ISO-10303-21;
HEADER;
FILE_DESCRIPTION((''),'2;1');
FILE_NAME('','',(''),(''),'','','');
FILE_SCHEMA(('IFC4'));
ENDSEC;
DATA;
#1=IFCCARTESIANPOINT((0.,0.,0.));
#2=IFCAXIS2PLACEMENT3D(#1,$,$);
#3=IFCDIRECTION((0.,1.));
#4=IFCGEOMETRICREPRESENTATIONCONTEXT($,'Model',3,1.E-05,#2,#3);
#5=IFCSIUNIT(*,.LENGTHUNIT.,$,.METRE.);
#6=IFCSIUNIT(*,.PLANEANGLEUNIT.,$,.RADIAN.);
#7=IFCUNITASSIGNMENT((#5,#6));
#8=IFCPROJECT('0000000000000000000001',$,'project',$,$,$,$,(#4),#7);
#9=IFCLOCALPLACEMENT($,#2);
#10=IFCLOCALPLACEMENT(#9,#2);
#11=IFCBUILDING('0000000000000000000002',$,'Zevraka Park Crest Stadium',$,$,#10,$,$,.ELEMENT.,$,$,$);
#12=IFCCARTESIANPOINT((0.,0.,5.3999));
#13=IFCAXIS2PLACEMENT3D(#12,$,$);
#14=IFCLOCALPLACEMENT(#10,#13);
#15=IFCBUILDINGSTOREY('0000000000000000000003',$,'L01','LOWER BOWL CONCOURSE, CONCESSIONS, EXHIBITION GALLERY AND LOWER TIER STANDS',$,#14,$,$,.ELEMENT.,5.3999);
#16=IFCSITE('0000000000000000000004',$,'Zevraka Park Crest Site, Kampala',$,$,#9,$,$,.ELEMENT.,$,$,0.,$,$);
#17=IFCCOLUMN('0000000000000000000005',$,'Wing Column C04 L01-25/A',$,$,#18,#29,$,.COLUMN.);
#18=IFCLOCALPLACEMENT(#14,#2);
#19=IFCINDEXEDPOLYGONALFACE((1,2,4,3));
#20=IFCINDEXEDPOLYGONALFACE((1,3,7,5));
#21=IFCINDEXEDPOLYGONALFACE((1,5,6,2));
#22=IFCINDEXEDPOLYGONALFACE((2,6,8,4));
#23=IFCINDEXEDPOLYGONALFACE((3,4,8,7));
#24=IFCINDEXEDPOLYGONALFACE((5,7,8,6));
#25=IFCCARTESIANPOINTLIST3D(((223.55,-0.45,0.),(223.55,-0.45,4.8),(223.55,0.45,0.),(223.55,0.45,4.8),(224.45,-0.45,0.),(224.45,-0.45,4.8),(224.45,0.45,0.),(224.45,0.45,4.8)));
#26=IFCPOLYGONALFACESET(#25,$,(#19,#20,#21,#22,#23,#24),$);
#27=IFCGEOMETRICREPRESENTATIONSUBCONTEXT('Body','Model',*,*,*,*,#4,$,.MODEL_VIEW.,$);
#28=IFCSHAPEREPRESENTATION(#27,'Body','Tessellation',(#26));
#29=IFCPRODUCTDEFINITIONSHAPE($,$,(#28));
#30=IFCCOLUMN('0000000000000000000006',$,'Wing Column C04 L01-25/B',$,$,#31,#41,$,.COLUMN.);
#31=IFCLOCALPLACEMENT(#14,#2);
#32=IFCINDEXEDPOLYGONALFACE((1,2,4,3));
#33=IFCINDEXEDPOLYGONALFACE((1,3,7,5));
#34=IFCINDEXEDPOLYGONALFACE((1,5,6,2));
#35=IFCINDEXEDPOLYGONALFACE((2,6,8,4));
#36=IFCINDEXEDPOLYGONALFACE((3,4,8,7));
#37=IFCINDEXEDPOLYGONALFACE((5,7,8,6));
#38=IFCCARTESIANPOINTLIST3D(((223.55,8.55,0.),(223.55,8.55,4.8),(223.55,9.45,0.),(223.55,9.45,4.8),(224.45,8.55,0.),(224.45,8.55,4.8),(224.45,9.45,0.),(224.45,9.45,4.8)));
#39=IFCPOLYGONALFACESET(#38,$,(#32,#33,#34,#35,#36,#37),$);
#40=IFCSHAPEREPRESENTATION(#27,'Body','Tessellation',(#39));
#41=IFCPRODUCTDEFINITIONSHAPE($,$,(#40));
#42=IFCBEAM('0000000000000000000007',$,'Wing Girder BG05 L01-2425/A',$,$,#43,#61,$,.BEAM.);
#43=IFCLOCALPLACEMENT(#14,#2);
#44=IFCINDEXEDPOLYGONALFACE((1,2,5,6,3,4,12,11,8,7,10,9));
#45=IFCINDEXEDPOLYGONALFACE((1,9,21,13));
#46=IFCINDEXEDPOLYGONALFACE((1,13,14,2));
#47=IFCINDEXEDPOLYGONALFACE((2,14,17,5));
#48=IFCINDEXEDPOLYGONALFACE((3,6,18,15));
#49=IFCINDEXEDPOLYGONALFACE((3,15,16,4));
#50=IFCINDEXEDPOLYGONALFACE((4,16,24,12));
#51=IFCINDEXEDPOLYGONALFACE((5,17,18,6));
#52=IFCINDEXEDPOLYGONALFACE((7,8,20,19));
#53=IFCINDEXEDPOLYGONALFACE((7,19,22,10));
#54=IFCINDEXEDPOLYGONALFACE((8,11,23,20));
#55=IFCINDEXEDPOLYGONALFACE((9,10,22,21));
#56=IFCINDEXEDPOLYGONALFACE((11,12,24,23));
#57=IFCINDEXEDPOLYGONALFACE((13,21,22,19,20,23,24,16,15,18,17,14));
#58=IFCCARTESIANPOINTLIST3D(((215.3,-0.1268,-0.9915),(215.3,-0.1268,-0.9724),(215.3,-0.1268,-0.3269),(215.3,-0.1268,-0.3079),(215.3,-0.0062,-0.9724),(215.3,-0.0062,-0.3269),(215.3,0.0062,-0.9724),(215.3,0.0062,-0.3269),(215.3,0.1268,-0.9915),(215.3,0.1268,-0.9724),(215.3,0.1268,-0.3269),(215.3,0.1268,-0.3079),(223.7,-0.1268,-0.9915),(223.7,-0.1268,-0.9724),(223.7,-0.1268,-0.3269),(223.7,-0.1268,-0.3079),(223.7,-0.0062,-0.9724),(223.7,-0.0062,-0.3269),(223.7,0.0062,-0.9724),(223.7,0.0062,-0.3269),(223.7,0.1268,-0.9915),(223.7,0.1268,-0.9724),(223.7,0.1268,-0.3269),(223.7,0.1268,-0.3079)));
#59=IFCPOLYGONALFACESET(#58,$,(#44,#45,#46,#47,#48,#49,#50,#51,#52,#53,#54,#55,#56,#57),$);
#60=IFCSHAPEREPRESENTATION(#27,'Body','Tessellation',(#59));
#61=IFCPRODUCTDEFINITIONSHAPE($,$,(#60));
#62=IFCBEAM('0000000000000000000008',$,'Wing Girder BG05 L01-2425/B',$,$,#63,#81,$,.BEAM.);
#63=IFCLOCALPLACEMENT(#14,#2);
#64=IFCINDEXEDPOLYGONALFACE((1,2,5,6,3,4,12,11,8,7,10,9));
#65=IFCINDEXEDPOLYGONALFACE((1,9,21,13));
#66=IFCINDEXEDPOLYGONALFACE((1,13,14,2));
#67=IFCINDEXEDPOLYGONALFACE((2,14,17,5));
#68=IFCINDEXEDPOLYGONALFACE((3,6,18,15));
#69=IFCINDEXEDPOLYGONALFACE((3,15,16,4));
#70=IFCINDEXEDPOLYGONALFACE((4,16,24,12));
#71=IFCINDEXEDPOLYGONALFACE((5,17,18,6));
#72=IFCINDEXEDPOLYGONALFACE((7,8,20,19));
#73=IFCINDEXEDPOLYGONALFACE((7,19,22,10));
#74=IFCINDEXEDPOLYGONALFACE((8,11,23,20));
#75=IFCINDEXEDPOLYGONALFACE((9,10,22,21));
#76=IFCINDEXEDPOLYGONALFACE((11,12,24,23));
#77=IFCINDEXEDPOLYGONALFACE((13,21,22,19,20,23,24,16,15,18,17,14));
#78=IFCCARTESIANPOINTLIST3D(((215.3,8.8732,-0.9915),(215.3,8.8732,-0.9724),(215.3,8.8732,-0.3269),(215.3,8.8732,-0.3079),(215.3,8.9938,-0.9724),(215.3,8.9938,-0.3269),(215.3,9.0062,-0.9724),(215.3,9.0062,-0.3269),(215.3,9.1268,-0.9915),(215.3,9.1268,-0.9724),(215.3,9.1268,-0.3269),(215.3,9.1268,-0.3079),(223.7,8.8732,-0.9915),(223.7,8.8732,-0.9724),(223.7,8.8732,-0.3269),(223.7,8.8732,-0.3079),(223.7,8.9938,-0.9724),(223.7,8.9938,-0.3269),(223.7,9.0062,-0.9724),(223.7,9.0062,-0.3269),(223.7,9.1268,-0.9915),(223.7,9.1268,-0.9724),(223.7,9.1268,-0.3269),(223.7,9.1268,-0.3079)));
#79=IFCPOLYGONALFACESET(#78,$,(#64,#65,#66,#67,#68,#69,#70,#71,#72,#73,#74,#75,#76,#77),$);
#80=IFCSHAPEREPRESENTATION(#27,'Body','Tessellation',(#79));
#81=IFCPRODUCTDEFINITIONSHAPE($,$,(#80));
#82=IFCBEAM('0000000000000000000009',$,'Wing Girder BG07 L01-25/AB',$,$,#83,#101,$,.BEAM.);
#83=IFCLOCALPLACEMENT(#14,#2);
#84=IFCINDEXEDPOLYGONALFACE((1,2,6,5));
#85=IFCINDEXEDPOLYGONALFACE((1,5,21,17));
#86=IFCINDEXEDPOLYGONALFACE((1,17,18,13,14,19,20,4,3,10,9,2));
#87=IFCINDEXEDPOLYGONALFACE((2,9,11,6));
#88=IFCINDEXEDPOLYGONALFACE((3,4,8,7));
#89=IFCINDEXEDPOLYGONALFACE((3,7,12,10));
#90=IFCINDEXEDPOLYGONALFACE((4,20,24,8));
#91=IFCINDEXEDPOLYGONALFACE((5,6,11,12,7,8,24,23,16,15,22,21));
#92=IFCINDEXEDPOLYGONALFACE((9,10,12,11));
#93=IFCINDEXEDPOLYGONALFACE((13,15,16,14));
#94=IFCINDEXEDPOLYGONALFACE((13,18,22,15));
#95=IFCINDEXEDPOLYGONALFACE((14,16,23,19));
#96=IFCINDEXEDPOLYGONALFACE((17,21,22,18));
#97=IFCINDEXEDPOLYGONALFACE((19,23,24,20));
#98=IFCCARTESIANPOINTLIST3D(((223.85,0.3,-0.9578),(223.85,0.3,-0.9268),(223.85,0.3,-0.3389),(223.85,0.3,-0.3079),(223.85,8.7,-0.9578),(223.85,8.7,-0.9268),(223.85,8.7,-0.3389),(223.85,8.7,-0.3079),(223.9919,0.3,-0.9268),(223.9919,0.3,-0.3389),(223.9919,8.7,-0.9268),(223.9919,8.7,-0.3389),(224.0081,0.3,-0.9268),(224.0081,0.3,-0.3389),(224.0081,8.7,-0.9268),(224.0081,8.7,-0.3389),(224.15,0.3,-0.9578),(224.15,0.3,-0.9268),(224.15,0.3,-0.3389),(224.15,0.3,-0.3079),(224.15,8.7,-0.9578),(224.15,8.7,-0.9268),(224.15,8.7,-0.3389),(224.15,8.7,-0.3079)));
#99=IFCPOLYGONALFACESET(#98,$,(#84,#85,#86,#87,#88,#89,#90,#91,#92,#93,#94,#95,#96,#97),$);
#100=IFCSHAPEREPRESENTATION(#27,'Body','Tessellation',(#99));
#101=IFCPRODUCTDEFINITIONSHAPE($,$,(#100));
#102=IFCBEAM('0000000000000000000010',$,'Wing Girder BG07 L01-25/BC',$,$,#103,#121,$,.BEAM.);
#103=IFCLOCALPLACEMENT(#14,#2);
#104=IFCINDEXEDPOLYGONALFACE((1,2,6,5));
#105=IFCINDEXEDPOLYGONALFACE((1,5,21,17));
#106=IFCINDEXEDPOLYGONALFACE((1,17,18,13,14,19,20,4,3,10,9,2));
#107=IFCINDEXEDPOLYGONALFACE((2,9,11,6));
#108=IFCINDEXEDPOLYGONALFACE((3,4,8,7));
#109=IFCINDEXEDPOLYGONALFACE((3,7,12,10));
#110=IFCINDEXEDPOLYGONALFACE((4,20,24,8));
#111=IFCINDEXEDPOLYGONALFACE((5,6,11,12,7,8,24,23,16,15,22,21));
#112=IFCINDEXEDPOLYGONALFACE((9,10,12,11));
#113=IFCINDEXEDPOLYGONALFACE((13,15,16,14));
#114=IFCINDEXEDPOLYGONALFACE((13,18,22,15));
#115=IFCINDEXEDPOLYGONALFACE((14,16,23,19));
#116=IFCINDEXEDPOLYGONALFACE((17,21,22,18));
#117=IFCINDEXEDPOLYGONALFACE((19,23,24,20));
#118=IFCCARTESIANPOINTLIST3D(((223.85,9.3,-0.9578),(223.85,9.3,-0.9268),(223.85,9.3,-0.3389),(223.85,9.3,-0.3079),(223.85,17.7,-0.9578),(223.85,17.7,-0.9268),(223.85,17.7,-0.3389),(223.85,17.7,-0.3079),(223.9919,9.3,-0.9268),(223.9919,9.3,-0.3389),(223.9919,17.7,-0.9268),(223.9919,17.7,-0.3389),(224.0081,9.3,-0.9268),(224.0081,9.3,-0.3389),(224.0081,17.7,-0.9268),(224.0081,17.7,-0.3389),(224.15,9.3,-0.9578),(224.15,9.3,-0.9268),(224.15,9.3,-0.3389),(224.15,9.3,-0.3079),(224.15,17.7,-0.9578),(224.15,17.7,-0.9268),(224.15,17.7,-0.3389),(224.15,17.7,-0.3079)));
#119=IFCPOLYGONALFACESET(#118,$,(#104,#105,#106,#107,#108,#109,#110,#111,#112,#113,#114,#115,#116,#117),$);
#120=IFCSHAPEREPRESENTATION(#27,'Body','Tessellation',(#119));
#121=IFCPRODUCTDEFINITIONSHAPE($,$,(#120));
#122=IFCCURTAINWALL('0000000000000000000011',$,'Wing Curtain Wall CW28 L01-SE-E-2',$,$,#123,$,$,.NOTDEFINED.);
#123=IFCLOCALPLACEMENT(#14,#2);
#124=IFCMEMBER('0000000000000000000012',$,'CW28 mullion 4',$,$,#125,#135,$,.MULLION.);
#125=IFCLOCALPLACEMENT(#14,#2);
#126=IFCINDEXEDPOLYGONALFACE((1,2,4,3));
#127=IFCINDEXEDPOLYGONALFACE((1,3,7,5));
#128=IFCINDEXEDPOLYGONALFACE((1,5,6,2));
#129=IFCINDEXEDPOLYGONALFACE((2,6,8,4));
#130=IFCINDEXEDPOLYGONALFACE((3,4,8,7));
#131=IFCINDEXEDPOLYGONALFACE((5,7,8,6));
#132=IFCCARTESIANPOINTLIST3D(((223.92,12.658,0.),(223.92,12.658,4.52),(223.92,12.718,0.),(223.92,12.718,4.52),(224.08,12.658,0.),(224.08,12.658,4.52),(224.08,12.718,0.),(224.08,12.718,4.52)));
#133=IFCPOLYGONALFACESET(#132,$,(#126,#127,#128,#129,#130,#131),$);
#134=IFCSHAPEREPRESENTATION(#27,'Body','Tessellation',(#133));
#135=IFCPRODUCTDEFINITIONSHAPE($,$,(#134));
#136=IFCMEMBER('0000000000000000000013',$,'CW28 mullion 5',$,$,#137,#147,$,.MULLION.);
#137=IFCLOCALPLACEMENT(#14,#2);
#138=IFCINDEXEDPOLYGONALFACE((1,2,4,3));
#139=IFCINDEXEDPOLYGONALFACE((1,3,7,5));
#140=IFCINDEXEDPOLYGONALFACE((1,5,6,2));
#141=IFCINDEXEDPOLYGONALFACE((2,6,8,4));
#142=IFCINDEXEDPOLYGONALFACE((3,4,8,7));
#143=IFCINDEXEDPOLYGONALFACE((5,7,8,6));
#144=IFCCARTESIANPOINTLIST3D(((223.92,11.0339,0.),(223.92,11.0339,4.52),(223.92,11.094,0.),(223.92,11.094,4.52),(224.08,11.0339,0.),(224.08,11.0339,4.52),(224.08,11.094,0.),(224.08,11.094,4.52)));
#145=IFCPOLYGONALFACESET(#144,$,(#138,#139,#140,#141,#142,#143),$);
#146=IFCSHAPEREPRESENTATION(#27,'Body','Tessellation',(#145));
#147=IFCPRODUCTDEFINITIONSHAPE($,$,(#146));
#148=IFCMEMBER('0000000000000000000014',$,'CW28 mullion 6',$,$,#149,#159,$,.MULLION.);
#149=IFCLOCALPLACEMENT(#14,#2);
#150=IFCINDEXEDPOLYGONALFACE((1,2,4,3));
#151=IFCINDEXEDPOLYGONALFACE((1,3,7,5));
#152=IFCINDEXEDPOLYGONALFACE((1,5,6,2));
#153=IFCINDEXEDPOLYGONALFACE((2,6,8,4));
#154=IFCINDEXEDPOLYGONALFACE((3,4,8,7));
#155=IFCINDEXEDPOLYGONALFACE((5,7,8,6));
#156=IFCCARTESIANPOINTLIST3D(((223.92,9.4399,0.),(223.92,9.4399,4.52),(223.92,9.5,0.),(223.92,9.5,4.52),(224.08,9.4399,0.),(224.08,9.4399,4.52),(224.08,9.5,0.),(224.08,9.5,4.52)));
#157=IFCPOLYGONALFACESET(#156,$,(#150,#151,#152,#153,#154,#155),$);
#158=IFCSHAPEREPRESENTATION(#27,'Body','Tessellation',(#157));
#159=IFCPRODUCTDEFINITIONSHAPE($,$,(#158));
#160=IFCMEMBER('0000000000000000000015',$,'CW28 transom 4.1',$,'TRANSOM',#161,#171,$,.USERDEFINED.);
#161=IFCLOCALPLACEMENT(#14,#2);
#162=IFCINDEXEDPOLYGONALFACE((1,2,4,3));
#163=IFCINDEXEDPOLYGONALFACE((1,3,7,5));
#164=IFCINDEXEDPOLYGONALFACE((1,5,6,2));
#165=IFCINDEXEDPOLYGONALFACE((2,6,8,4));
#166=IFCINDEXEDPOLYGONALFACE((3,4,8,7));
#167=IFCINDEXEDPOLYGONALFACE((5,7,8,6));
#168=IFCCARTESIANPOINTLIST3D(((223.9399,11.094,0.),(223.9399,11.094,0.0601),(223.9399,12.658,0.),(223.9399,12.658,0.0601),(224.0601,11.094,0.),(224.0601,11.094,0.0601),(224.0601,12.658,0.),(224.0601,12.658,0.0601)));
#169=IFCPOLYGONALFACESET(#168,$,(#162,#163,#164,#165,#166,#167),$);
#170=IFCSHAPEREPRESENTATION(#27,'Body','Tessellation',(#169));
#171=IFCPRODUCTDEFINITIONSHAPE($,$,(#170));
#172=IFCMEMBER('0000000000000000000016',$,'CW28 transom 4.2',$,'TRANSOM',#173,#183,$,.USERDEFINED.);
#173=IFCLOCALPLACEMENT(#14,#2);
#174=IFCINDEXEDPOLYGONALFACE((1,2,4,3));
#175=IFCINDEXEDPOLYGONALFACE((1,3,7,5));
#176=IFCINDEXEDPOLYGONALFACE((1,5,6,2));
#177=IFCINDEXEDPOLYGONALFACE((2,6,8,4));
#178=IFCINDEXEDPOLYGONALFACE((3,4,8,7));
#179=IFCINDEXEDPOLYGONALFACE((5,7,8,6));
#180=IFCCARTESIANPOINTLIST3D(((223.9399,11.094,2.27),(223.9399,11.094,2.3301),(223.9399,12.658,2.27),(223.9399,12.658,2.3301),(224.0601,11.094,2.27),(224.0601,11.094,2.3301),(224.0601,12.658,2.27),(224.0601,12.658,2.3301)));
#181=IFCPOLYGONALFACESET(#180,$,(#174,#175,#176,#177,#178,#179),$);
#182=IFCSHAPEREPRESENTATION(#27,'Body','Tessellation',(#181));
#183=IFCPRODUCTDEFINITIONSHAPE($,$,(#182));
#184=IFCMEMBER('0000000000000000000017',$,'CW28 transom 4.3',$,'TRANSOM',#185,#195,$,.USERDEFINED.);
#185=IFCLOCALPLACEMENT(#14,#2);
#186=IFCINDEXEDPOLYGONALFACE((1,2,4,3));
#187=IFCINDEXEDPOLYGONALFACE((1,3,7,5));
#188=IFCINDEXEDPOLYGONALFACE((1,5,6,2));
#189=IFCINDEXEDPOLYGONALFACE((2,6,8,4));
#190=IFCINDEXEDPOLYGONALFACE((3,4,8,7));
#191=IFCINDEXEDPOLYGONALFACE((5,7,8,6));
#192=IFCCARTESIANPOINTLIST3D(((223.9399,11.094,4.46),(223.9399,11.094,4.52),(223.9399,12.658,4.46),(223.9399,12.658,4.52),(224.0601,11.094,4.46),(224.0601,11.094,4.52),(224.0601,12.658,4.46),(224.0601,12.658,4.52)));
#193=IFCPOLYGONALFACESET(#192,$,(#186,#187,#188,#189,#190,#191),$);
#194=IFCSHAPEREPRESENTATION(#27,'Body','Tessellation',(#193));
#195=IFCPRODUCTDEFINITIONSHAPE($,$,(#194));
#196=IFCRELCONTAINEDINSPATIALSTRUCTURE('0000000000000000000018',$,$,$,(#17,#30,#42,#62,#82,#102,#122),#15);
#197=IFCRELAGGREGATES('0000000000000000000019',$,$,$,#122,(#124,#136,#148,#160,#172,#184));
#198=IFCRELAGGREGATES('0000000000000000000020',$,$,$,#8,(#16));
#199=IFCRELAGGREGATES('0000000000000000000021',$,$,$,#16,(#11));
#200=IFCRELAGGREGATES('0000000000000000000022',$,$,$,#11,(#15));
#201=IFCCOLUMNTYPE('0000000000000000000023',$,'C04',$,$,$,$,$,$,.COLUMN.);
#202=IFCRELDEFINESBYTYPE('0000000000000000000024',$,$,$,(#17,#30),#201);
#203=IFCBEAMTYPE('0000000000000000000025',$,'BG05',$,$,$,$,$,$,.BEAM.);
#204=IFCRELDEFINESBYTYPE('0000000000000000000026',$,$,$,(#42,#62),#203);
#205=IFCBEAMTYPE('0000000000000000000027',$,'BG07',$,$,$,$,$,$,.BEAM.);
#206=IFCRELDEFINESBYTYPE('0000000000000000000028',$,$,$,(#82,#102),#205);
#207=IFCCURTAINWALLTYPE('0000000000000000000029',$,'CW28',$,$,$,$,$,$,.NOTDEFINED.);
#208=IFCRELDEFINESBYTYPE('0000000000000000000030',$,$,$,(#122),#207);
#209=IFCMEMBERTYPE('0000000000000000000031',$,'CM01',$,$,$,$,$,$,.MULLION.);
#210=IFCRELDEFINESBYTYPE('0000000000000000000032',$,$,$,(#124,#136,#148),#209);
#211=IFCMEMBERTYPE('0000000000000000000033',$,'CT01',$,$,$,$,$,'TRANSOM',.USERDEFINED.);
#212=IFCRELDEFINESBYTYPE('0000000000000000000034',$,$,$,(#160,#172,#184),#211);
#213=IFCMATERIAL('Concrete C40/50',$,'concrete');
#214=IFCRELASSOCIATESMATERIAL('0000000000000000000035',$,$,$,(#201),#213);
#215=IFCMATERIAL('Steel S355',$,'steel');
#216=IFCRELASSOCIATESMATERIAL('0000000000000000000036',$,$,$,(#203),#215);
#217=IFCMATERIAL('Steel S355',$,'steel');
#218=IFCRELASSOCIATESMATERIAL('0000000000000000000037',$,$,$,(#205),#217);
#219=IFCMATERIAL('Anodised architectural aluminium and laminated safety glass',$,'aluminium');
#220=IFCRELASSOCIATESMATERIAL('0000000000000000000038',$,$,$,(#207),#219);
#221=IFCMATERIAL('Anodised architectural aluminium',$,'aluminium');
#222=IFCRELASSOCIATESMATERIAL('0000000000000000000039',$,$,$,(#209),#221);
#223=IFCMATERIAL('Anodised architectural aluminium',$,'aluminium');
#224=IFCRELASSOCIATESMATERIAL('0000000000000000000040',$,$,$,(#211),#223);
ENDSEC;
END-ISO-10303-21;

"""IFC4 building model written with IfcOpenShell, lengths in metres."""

from ifc_helpers import new_model, si_unit, direction, frame, origin, origin_2d, place, context, subcontext, project, spatial, rectangle, i_section, extrude, material, material_profile, profile_set, type_object, element, aggregate, save


model = new_model("IFC4")

# Units and contexts
model_context = context("Model", 3, precision=1e-05, world=origin(), true_north=direction((0.0, 1.0)))
body_context = subcontext(model_context, "Body", "Model", "MODEL_VIEW")
ifc_project = project(units=[si_unit("LENGTHUNIT", "METRE"), si_unit("PLANEANGLEUNIT", "RADIAN")], contexts=[model_context])

# Site, building, storey
site_placement = place(None, origin())
site = spatial("IfcSite", under=ifc_project, at=site_placement, Name="Zevraka Park Crest Site, Kampala", CompositionType="ELEMENT", RefElevation=0.0)
building_placement = place(site_placement, origin())
building = spatial("IfcBuilding", under=site, at=building_placement, Name="Zevraka Park Crest Stadium", CompositionType="ELEMENT")
storey_placement = place(building_placement, frame((0.0, 0.0, 5.3999)))
storey = spatial("IfcBuildingStorey", under=building, at=storey_placement, Name="L01", Description="LOWER BOWL CONCOURSE, CONCESSIONS, EXHIBITION GALLERY AND LOWER TIER STANDS", CompositionType="ELEMENT", Elevation=5.3999)

# Columns
ifc_material_1 = material(Name="Concrete C40/50", Category="concrete")
ifc_material_profile_1 = material_profile(ifc_material_1, rectangle(XDim=0.8999, YDim=0.8999, at=origin_2d()), Name="RC 900x900")
ifc_profile_set_1 = profile_set([ifc_material_profile_1], Name="Concrete C40/50")
column_type = type_object("IfcColumnType", Name="C04", PredefinedType="COLUMN", material=ifc_profile_set_1)
for number, where, z_axis, x_axis, name in (
    (1, (224.0, 0.0, 0.0), (0.0, 0.0, 1.0), (1.0, 0.0, 0.0), "Wing Column C04 L01-25/A"),
    (2, (224.0, 9.0, 0.0), (0.0, 0.0, 1.0), (1.0, 0.0, 0.0), "Wing Column C04 L01-25/B"),
):
    element("IfcColumn", number, at=place(storey_placement, frame(where, z_axis=z_axis, x_axis=x_axis)), inside=storey, type_object=column_type, Name=name, PredefinedType="COLUMN", context=body_context, shape_type="SweptSolid", body=[
        extrude(rectangle(XDim=0.8999, YDim=0.8999, at=origin_2d()), origin(), (0.0, 0.0, 1.0), 4.8),
    ])

# Beams
ifc_material_2 = material(Name="Steel S355", Category="steel")
ifc_material_profile_2 = material_profile(ifc_material_2, i_section(OverallWidth=0.2537, OverallDepth=0.6836, WebThickness=0.0125, FlangeThickness=0.019, at=origin_2d()), Name="UKB 686x254x140")
ifc_profile_set_2 = profile_set([ifc_material_profile_2], Name="Steel S355")
beam_type_1 = type_object("IfcBeamType", Name="BG05", PredefinedType="BEAM", material=ifc_profile_set_2)
for number, where, z_axis, x_axis, name in (
    (3, (215.3, 0.0, -0.6497), (1.0, 0.0, 0.0), (0.0, 1.0, 0.0), "Wing Girder BG05 L01-2425/A"),
    (4, (215.3, 9.0, -0.6497), (1.0, 0.0, 0.0), (0.0, 1.0, 0.0), "Wing Girder BG05 L01-2425/B"),
):
    element("IfcBeam", number, at=place(storey_placement, frame(where, z_axis=z_axis, x_axis=x_axis)), inside=storey, type_object=beam_type_1, Name=name, PredefinedType="BEAM", context=body_context, shape_type="SweptSolid", body=[
        extrude(i_section(OverallWidth=0.2537, OverallDepth=0.6836, WebThickness=0.0125, FlangeThickness=0.019, at=origin_2d()), origin(), (0.0, 0.0, 1.0), 8.3999),
    ])
ifc_material_3 = material(Name="Steel S355", Category="steel")
ifc_material_profile_3 = material_profile(ifc_material_3, i_section(OverallWidth=0.3, OverallDepth=0.6499, WebThickness=0.0161, FlangeThickness=0.031, at=origin_2d()), Name="HEB 650")
ifc_profile_set_3 = profile_set([ifc_material_profile_3], Name="Steel S355")
beam_type_2 = type_object("IfcBeamType", Name="BG07", PredefinedType="BEAM", material=ifc_profile_set_3)
for number, where, z_axis, x_axis, name in (
    (5, (224.0, 0.3, -0.6328), (0.0, 1.0, 0.0), (-1.0, 0.0, 0.0), "Wing Girder BG07 L01-25/AB"),
    (6, (224.0, 9.3, -0.6328), (0.0, 1.0, 0.0), (-1.0, 0.0, 0.0), "Wing Girder BG07 L01-25/BC"),
):
    element("IfcBeam", number, at=place(storey_placement, frame(where, z_axis=z_axis, x_axis=x_axis)), inside=storey, type_object=beam_type_2, Name=name, PredefinedType="BEAM", context=body_context, shape_type="SweptSolid", body=[
        extrude(i_section(OverallWidth=0.3, OverallDepth=0.6499, WebThickness=0.0161, FlangeThickness=0.031, at=origin_2d()), origin(), (0.0, 0.0, 1.0), 8.3999),
    ])

# Curtain wall, members
ifc_material_4 = material(Name="Anodised architectural aluminium and laminated safety glass", Category="aluminium")
curtain_wall_type = type_object("IfcCurtainWallType", Name="CW28", PredefinedType="NOTDEFINED", material=ifc_material_4)
curtain_wall_placement = place(storey_placement, origin())
curtain_wall = element("IfcCurtainWall", 7, at=curtain_wall_placement, inside=storey, type_object=curtain_wall_type, Name="Wing Curtain Wall CW28 L01-SE-E-2", PredefinedType="NOTDEFINED")
ifc_material_5 = material(Name="Anodised architectural aluminium", Category="aluminium")
ifc_material_profile_4 = material_profile(ifc_material_5, rectangle(XDim=0.1599, YDim=0.0601, at=origin_2d()), Name="ALU MULLION 160x60")
ifc_profile_set_4 = profile_set([ifc_material_profile_4], Name="Anodised architectural aluminium")
member_type_1 = type_object("IfcMemberType", Name="CM01", PredefinedType="MULLION", material=ifc_profile_set_4)
member_1_placement = place(storey_placement, frame((224.0, 12.688, 0.0), z_axis=(0.0, 0.0, 1.0), x_axis=(1.0, 0.0, 0.0)))
member_1 = element("IfcMember", 8, at=member_1_placement, type_object=member_type_1, Name="CW28 mullion 4", PredefinedType="MULLION", context=body_context, shape_type="SweptSolid", body=[
    extrude(rectangle(XDim=0.1599, YDim=0.0601, at=origin_2d()), origin(), (0.0, 0.0, 1.0), 4.52),
])
member_2_placement = place(storey_placement, frame((224.0, 11.064, 0.0), z_axis=(0.0, 0.0, 1.0), x_axis=(1.0, 0.0, 0.0)))
member_2 = element("IfcMember", 9, at=member_2_placement, type_object=member_type_1, Name="CW28 mullion 5", PredefinedType="MULLION", context=body_context, shape_type="SweptSolid", body=[
    extrude(rectangle(XDim=0.1599, YDim=0.0601, at=origin_2d()), origin(), (0.0, 0.0, 1.0), 4.52),
])
member_3_placement = place(storey_placement, frame((224.0, 9.47, 0.0), z_axis=(0.0, 0.0, 1.0), x_axis=(1.0, 0.0, 0.0)))
member_3 = element("IfcMember", 10, at=member_3_placement, type_object=member_type_1, Name="CW28 mullion 6", PredefinedType="MULLION", context=body_context, shape_type="SweptSolid", body=[
    extrude(rectangle(XDim=0.1599, YDim=0.0601, at=origin_2d()), origin(), (0.0, 0.0, 1.0), 4.52),
])
ifc_material_6 = material(Name="Anodised architectural aluminium", Category="aluminium")
ifc_material_profile_5 = material_profile(ifc_material_6, rectangle(XDim=0.1201, YDim=0.0601, at=origin_2d()), Name="ALU TRANSOM 120x60")
ifc_profile_set_5 = profile_set([ifc_material_profile_5], Name="Anodised architectural aluminium")
member_type_2 = type_object("IfcMemberType", Name="CT01", ElementType="TRANSOM", PredefinedType="USERDEFINED", material=ifc_profile_set_5)
member_4_placement = place(storey_placement, frame((224.0, 12.658, 0.03), z_axis=(0.0, -1.0, 0.0), x_axis=(1.0, 0.0, 0.0)))
member_4 = element("IfcMember", 11, at=member_4_placement, type_object=member_type_2, Name="CW28 transom 4.1", ObjectType="TRANSOM", PredefinedType="USERDEFINED", context=body_context, shape_type="SweptSolid", body=[
    extrude(rectangle(XDim=0.1201, YDim=0.0601, at=origin_2d()), origin(), (0.0, 0.0, 1.0), 1.564),
])
member_5_placement = place(storey_placement, frame((224.0, 12.658, 2.3), z_axis=(0.0, -1.0, 0.0), x_axis=(1.0, 0.0, 0.0)))
member_5 = element("IfcMember", 12, at=member_5_placement, type_object=member_type_2, Name="CW28 transom 4.2", ObjectType="TRANSOM", PredefinedType="USERDEFINED", context=body_context, shape_type="SweptSolid", body=[
    extrude(rectangle(XDim=0.1201, YDim=0.0601, at=origin_2d()), origin(), (0.0, 0.0, 1.0), 1.564),
])
member_6_placement = place(storey_placement, frame((224.0, 12.658, 4.49), z_axis=(0.0, -1.0, 0.0), x_axis=(1.0, 0.0, 0.0)))
member_6 = element("IfcMember", 13, at=member_6_placement, type_object=member_type_2, Name="CW28 transom 4.3", ObjectType="TRANSOM", PredefinedType="USERDEFINED", context=body_context, shape_type="SweptSolid", body=[
    extrude(rectangle(XDim=0.1201, YDim=0.0601, at=origin_2d()), origin(), (0.0, 0.0, 1.0), 1.564),
])
aggregate(curtain_wall, [member_1, member_2, member_3, member_4, member_5, member_6])

save(model, "model.ifc")
